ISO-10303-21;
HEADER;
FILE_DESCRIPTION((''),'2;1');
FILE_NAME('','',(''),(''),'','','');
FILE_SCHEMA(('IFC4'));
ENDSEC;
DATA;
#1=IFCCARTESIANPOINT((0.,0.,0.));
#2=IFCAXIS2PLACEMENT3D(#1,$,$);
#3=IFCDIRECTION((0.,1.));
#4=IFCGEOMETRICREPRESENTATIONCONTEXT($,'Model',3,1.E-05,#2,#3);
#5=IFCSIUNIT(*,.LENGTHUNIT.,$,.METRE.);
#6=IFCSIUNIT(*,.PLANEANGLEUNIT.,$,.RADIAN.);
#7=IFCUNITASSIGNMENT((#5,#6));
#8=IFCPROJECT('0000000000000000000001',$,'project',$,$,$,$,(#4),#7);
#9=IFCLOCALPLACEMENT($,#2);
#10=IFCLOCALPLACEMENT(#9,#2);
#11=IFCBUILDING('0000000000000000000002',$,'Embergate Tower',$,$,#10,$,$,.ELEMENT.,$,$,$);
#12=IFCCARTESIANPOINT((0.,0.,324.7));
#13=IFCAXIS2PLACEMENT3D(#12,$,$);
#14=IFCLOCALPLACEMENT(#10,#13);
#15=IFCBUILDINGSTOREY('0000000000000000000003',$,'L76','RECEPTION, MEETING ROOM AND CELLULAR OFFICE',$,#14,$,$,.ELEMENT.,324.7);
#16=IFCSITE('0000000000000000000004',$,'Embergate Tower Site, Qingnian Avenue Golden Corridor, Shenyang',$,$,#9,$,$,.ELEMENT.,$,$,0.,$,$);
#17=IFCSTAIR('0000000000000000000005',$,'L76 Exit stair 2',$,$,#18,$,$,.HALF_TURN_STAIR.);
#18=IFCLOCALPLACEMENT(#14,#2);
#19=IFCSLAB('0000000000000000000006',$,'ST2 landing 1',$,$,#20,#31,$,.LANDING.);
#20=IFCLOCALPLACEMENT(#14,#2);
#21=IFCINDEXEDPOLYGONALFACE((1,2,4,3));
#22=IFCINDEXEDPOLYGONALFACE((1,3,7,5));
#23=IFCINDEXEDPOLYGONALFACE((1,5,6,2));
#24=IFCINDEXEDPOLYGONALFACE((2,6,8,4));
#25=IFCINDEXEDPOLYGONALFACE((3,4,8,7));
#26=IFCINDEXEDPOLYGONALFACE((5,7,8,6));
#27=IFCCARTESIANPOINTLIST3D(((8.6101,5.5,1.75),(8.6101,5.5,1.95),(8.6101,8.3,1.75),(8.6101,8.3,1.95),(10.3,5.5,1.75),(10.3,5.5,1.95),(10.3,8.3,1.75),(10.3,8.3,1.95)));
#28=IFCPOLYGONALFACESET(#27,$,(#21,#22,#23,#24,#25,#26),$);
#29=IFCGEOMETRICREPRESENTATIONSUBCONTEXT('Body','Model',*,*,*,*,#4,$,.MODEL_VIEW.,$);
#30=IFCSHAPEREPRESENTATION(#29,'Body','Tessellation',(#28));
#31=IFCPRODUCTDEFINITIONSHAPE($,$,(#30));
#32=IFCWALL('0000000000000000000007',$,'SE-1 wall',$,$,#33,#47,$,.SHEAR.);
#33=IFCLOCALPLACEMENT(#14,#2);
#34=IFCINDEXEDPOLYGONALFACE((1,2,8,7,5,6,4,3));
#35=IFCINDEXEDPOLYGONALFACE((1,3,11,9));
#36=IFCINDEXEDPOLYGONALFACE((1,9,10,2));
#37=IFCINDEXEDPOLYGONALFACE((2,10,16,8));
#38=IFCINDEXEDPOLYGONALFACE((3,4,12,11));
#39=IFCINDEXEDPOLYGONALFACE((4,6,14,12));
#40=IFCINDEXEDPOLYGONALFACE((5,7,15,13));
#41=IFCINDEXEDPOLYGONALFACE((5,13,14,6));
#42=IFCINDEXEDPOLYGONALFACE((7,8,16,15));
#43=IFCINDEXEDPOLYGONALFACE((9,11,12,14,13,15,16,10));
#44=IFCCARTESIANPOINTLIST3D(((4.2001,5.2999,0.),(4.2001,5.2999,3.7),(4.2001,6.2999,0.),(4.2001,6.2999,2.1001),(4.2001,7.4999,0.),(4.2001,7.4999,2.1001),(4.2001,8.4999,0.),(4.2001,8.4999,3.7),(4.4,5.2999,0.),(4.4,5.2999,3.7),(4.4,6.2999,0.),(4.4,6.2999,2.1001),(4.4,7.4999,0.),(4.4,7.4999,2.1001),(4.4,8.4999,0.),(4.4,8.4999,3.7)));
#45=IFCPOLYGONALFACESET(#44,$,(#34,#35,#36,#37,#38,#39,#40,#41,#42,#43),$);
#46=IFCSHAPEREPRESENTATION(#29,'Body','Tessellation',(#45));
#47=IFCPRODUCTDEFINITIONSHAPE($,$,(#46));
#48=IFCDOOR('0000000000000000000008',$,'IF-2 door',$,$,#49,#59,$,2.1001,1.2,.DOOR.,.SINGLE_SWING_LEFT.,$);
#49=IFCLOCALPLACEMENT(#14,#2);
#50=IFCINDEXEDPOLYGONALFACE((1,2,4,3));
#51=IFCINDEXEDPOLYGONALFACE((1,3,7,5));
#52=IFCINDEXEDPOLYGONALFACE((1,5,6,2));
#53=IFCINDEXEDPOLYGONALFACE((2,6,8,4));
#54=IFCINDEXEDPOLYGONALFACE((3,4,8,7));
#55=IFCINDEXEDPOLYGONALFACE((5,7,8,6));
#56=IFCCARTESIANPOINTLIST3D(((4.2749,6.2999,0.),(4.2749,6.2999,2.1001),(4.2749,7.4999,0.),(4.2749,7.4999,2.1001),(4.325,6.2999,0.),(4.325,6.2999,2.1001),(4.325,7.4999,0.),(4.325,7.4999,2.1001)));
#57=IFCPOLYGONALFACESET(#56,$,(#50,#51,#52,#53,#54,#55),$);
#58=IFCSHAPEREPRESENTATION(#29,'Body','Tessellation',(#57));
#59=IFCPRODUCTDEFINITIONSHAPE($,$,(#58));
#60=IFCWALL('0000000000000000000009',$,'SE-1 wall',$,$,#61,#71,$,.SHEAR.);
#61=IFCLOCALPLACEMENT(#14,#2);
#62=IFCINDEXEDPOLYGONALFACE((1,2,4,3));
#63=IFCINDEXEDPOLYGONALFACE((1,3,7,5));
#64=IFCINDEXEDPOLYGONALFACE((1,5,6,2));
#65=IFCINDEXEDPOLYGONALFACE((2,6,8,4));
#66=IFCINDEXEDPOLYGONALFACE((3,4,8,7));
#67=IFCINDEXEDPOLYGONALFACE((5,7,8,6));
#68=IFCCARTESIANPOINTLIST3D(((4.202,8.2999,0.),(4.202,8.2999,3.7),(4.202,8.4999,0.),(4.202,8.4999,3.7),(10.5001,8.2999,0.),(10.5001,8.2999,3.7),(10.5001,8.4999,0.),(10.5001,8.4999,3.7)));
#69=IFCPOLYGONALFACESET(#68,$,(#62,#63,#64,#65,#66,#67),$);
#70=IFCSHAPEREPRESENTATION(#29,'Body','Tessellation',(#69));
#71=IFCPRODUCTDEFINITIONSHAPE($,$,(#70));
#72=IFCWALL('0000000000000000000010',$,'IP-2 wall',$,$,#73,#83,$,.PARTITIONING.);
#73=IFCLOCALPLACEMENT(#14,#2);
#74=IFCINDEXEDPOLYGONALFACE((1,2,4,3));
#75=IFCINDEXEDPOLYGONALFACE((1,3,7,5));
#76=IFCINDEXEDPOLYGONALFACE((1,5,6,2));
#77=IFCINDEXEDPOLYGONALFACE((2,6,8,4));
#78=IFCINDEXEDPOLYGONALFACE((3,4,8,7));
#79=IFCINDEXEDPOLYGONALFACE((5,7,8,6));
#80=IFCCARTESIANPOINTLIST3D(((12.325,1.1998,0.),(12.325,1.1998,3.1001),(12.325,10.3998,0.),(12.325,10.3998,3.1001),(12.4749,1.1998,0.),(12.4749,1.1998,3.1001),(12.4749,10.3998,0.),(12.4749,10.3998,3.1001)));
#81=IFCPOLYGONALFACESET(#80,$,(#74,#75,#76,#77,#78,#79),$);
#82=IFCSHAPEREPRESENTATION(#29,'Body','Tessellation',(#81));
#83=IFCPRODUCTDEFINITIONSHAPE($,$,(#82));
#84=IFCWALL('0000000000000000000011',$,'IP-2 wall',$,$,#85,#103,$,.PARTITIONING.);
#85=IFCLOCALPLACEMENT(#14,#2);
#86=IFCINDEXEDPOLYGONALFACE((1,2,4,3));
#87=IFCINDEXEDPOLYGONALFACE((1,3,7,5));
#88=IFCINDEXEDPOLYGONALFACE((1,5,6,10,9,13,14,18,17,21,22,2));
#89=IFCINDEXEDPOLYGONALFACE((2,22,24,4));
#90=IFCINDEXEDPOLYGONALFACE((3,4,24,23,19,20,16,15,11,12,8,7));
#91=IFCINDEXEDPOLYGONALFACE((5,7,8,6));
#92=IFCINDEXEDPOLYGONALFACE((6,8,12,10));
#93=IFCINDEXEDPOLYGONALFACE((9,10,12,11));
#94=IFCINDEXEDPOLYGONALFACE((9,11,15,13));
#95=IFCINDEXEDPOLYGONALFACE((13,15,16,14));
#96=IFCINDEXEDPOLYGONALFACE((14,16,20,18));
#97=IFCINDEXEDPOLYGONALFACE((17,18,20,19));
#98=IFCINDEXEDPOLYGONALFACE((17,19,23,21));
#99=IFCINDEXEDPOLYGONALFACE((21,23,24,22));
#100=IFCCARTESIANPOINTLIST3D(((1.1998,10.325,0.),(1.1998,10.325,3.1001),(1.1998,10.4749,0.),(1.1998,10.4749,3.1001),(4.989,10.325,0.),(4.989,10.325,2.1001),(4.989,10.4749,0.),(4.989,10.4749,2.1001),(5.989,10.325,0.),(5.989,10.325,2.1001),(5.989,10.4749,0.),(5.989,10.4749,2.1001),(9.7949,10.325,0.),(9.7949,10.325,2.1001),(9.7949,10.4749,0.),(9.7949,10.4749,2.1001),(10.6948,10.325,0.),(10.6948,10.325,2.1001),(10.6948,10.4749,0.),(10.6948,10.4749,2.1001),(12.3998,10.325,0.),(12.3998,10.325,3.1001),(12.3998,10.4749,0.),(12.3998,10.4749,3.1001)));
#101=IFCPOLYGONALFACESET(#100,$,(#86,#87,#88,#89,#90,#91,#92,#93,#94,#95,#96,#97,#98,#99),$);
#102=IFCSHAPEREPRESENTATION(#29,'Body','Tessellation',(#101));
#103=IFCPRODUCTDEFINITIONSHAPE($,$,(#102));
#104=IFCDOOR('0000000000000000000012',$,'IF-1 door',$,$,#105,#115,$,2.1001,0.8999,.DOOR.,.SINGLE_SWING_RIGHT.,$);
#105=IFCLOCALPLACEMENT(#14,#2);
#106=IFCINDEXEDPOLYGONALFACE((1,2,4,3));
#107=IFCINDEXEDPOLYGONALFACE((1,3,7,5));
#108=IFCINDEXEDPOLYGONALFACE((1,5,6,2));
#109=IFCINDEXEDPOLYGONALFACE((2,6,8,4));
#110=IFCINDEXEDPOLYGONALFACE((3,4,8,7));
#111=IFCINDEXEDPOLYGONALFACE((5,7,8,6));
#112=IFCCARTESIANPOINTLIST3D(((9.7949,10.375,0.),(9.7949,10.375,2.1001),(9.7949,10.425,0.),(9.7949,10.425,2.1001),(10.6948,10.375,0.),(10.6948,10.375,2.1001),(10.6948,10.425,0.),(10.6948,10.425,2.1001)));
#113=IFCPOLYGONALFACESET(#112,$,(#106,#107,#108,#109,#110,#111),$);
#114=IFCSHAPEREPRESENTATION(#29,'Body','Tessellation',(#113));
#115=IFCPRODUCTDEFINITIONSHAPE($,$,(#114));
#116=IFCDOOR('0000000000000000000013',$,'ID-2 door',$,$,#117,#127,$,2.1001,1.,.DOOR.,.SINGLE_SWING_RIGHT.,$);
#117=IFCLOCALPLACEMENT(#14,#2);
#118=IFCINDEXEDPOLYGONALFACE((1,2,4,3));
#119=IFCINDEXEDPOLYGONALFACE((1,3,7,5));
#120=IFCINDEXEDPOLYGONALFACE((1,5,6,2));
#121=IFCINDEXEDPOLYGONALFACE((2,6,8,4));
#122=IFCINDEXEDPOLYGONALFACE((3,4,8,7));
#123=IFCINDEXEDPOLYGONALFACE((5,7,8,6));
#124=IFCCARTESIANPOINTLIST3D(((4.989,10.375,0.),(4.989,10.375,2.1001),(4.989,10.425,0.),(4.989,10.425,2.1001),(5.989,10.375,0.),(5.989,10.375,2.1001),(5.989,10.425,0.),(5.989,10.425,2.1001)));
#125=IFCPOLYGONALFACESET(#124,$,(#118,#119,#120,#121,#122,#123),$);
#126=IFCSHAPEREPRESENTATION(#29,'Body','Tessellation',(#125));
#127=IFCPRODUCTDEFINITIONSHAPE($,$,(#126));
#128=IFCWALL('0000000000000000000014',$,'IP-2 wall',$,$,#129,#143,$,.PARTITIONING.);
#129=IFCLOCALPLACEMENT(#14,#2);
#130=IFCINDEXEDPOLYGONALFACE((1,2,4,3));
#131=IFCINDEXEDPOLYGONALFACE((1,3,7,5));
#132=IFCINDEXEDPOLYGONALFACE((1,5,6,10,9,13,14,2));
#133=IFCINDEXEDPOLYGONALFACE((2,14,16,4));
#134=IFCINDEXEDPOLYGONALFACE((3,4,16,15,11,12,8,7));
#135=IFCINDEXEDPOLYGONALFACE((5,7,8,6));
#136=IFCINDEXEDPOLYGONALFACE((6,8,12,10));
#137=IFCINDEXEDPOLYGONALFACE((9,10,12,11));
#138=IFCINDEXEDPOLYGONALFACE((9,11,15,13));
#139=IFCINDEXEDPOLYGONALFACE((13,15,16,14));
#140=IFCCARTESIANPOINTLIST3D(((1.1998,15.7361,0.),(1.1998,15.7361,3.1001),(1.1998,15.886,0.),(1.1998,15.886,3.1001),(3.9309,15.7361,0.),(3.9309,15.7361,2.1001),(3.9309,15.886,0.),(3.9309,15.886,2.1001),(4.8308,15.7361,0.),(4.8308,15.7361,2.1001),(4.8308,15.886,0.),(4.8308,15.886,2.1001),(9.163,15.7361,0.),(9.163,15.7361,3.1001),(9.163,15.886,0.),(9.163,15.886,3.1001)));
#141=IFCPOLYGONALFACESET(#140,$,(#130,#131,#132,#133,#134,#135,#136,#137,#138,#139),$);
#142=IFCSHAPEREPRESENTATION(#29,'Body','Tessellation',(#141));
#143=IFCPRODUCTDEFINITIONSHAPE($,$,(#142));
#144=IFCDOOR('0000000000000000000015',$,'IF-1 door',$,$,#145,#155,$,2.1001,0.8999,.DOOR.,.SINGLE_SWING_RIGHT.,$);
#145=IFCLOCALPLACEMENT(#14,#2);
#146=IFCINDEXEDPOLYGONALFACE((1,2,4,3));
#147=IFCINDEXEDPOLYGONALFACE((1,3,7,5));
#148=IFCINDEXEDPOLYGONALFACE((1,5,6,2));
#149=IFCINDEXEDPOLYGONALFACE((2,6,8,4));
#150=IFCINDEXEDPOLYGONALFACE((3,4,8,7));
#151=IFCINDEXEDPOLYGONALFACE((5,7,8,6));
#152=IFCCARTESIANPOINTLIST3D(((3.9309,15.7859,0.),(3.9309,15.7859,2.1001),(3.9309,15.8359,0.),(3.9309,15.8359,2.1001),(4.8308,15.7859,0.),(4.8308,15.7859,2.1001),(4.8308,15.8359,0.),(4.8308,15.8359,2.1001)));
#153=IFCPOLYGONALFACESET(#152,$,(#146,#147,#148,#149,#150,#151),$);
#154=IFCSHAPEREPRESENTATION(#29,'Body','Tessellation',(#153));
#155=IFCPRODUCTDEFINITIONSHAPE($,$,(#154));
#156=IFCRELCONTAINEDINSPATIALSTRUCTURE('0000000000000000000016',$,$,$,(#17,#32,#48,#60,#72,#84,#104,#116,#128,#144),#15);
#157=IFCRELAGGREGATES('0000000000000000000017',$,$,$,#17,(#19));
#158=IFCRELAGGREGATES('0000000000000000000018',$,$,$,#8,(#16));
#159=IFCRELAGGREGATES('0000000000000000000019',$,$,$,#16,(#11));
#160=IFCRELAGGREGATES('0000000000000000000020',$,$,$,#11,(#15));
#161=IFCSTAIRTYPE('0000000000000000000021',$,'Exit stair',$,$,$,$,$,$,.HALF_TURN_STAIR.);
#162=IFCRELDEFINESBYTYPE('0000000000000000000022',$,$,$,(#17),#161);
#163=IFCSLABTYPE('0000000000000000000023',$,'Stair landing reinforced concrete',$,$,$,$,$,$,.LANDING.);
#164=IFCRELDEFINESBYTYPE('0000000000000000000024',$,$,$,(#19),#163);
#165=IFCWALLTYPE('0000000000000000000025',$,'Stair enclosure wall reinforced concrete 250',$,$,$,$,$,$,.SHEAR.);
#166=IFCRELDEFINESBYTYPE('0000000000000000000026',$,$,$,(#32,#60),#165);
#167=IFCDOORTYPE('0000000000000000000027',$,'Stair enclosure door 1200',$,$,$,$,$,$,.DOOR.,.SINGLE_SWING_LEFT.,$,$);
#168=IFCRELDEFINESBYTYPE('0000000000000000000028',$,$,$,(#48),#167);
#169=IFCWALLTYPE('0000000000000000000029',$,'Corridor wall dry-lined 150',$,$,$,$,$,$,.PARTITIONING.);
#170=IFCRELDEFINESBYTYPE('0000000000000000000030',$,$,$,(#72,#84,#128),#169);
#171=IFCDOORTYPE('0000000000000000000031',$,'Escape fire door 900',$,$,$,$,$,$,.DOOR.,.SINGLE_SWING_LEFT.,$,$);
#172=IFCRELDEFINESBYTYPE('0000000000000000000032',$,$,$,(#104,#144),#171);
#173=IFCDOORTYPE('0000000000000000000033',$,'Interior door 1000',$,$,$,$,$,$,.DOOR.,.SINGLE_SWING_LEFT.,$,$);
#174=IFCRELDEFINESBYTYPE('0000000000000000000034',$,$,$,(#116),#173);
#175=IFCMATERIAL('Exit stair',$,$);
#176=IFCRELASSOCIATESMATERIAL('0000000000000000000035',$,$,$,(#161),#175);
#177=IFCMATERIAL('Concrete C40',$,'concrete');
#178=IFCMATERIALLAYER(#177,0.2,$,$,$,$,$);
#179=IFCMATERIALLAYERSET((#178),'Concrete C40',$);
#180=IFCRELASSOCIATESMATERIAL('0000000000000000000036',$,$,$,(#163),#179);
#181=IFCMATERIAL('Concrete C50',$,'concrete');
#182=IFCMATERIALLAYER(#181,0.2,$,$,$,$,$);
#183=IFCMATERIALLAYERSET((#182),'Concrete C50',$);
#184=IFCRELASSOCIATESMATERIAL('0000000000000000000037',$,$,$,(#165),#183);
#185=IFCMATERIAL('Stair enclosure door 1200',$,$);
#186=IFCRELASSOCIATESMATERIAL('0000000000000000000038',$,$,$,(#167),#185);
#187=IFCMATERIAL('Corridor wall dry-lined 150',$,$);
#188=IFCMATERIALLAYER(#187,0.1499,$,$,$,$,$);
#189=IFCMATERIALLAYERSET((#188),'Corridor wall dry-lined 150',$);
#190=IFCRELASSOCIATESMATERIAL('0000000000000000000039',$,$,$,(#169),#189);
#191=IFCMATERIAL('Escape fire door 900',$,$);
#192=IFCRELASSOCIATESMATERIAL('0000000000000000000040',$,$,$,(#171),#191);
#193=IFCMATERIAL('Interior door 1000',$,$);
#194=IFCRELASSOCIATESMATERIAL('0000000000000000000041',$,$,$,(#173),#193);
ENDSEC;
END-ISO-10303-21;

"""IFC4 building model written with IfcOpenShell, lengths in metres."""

from ifc_helpers import new_model, si_unit, direction, frame, frame_2d, origin, place, context, subcontext, project, spatial, polyline, rectangle, outline, extrude, source, transform, mapped, material, layer, layer_set, type_object, element, fill, aggregate, save


model = new_model("IFC4")

# Units and contexts
model_context = context("Model", 3, precision=1e-05, world=origin(), true_north=direction((0.0, 1.0)))
body_context = subcontext(model_context, "Body", "Model", "MODEL_VIEW")
ifc_project = project(units=[si_unit("LENGTHUNIT", "METRE"), si_unit("PLANEANGLEUNIT", "RADIAN")], contexts=[model_context])

# Site, building, storey
site_placement = place(None, origin())
site = spatial("IfcSite", under=ifc_project, at=site_placement, Name="Embergate Tower Site, Qingnian Avenue Golden Corridor, Shenyang", CompositionType="ELEMENT", RefElevation=0.0)
building_placement = place(site_placement, origin())
building = spatial("IfcBuilding", under=site, at=building_placement, Name="Embergate Tower", CompositionType="ELEMENT")
storey_placement = place(building_placement, frame((0.0, 0.0, 324.7)))
storey = spatial("IfcBuildingStorey", under=building, at=storey_placement, Name="L76", Description="RECEPTION, MEETING ROOM AND CELLULAR OFFICE", CompositionType="ELEMENT", Elevation=324.7)

# Stair, slab
ifc_material_1 = material(Name="Exit stair")
stair_type = type_object("IfcStairType", Name="Exit stair", PredefinedType="HALF_TURN_STAIR", material=ifc_material_1)
stair_placement = place(storey_placement, origin())
stair = element("IfcStair", 1, at=stair_placement, inside=storey, type_object=stair_type, Name="L76 Exit stair 2", PredefinedType="HALF_TURN_STAIR")
ifc_material_2 = material(Name="Concrete C40", Category="concrete")
ifc_layer_1 = layer(ifc_material_2, 0.2)
ifc_layer_set_1 = layer_set([ifc_layer_1], Name="Concrete C40")
slab_type = type_object("IfcSlabType", Name="Stair landing reinforced concrete", PredefinedType="LANDING", material=ifc_layer_set_1)
shared_shape_1 = source(origin(), body_context, "Body", "SweptSolid", [
    extrude(outline(polyline([(0.0, 0.0), (1.6899, 0.0), (1.6899, 2.8), (0.0, 2.8), (0.0, 0.0)])), origin(), (0.0, 0.0, 1.0), 0.2),
])
slab_placement = place(storey_placement, frame((8.6101, 5.5, 1.75)))
slab = element("IfcSlab", 2, at=slab_placement, type_object=slab_type, Name="ST2 landing 1", PredefinedType="LANDING", context=body_context, shape_type="MappedRepresentation", body=[
    mapped(shared_shape_1, transform((0.0, 0.0, 0.0))),
])

# Wall, opening, door
ifc_material_3 = material(Name="Concrete C50", Category="concrete")
ifc_layer_2 = layer(ifc_material_3, 0.2)
ifc_layer_set_2 = layer_set([ifc_layer_2], Name="Concrete C50")
wall_type_1 = type_object("IfcWallType", Name="Stair enclosure wall reinforced concrete 250", PredefinedType="SHEAR", material=ifc_layer_set_2)
shared_shape_2 = source(origin(), body_context, "Body", "SweptSolid", [
    extrude(rectangle(XDim=3.2, YDim=0.2, at=frame_2d((1.6001, 0.0))), origin(), (0.0, 0.0, 1.0), 3.7),
])
wall_1_placement = place(storey_placement, frame((4.3, 8.5, 0.0), z_axis=(0.0, 0.0, 1.0), x_axis=(0.0, -1.0, 0.0)))
wall_1 = element("IfcWall", 3, at=wall_1_placement, inside=storey, type_object=wall_type_1, Name="SE-1 wall", PredefinedType="SHEAR", context=body_context, shape_type="MappedRepresentation", body=[
    mapped(shared_shape_2, transform((0.0, 0.0, 0.0))),
])
shared_shape_3 = source(origin(), body_context, "Body", "SweptSolid", [
    extrude(rectangle(XDim=1.2, YDim=2.1001, at=frame_2d((0.6001, 1.05))), frame((0.0, 0.1099, 0.0), z_axis=(0.0, -1.0, 0.0), x_axis=(1.0, 0.0, 0.0)), (0.0, 0.0, 1.0), 0.22),
])
opening_1_placement = place(wall_1_placement, frame((1.0, 0.0, 0.0)))
opening_1 = element("IfcOpeningElement", 4, at=opening_1_placement, cuts=wall_1, PredefinedType="OPENING", context=body_context, shape_type="MappedRepresentation", body=[
    mapped(shared_shape_3, transform((0.0, 0.0, 0.0))),
])
ifc_material_4 = material(Name="Stair enclosure door 1200")
door_type_1 = type_object("IfcDoorType", Name="Stair enclosure door 1200", OperationType="SINGLE_SWING_LEFT", PredefinedType="DOOR", material=ifc_material_4)
shared_shape_4 = source(origin(), body_context, "Body", "SweptSolid", [
    extrude(rectangle(XDim=1.2, YDim=2.1001, at=frame_2d((0.6001, 1.05))), frame((0.0, 0.0249, 0.0), z_axis=(0.0, -1.0, 0.0), x_axis=(1.0, 0.0, 0.0)), (0.0, 0.0, 1.0), 0.05),
])
door_1_placement = place(opening_1_placement, origin())
door_1 = element("IfcDoor", 5, at=door_1_placement, inside=storey, type_object=door_type_1, Name="IF-2 door", OperationType="SINGLE_SWING_LEFT", OverallHeight=2.1001, OverallWidth=1.2, PredefinedType="DOOR", context=body_context, shape_type="MappedRepresentation", body=[
    mapped(shared_shape_4, transform((0.0, 0.0, 0.0))),
])
fill(opening_1, door_1)

# Walls
shared_shape_5 = source(origin(), body_context, "Body", "SweptSolid", [
    extrude(rectangle(XDim=6.2981, YDim=0.2, at=frame_2d((3.1489, 0.0))), origin(), (0.0, 0.0, 1.0), 3.7),
])
wall_2_placement = place(storey_placement, frame((10.5, 8.3999, 0.0), z_axis=(0.0, 0.0, 1.0), x_axis=(-1.0, 0.0, 0.0)))
element("IfcWall", 6, at=wall_2_placement, inside=storey, type_object=wall_type_1, Name="SE-1 wall", PredefinedType="SHEAR", context=body_context, shape_type="MappedRepresentation", body=[
    mapped(shared_shape_5, transform((0.0, 0.0, 0.0))),
])
ifc_material_5 = material(Name="Corridor wall dry-lined 150")
ifc_layer_3 = layer(ifc_material_5, 0.1499)
ifc_layer_set_3 = layer_set([ifc_layer_3], Name="Corridor wall dry-lined 150")
wall_type_2 = type_object("IfcWallType", Name="Corridor wall dry-lined 150", PredefinedType="PARTITIONING", material=ifc_layer_set_3)
shared_shape_6 = source(origin(), body_context, "Body", "SweptSolid", [
    extrude(rectangle(XDim=9.2, YDim=0.1499, at=frame_2d((4.6001, 0.0))), origin(), (0.0, 0.0, 1.0), 3.1001),
])
wall_3_placement = place(storey_placement, frame((12.3999, 10.3999, 0.0), z_axis=(0.0, 0.0, 1.0), x_axis=(0.0, -1.0, 0.0)))
element("IfcWall", 7, at=wall_3_placement, inside=storey, type_object=wall_type_2, Name="IP-2 wall", PredefinedType="PARTITIONING", context=body_context, shape_type="MappedRepresentation", body=[
    mapped(shared_shape_6, transform((0.0, 0.0, 0.0))),
])

# Wall, openings, doors
shared_shape_7 = source(origin(), body_context, "Body", "SweptSolid", [
    extrude(rectangle(XDim=11.2, YDim=0.1499, at=frame_2d((5.6001, 0.0))), origin(), (0.0, 0.0, 1.0), 3.1001),
])
wall_4_placement = place(storey_placement, frame((12.3999, 10.3999, 0.0), z_axis=(0.0, 0.0, 1.0), x_axis=(-1.0, 0.0, 0.0)))
wall_4 = element("IfcWall", 8, at=wall_4_placement, inside=storey, type_object=wall_type_2, Name="IP-2 wall", PredefinedType="PARTITIONING", context=body_context, shape_type="MappedRepresentation", body=[
    mapped(shared_shape_7, transform((0.0, 0.0, 0.0))),
])
shared_shape_8 = source(origin(), body_context, "Body", "SweptSolid", [
    extrude(rectangle(XDim=0.8999, YDim=2.1001, at=frame_2d((0.45, 1.05))), frame((0.0, 0.085, 0.0), z_axis=(0.0, -1.0, 0.0), x_axis=(1.0, 0.0, 0.0)), (0.0, 0.0, 1.0), 0.1699),
])
opening_2_placement = place(wall_4_placement, frame((1.7051, 0.0, 0.0)))
opening_2 = element("IfcOpeningElement", 9, at=opening_2_placement, cuts=wall_4, PredefinedType="OPENING", context=body_context, shape_type="MappedRepresentation", body=[
    mapped(shared_shape_8, transform((0.0, 0.0, 0.0))),
])
shared_shape_9 = source(origin(), body_context, "Body", "SweptSolid", [
    extrude(rectangle(XDim=1.0, YDim=2.1001, at=frame_2d((0.5, 1.05))), frame((0.0, 0.085, 0.0), z_axis=(0.0, -1.0, 0.0), x_axis=(1.0, 0.0, 0.0)), (0.0, 0.0, 1.0), 0.1699),
])
opening_3_placement = place(wall_4_placement, frame((6.4109, 0.0, 0.0)))
opening_3 = element("IfcOpeningElement", 10, at=opening_3_placement, cuts=wall_4, PredefinedType="OPENING", context=body_context, shape_type="MappedRepresentation", body=[
    mapped(shared_shape_9, transform((0.0, 0.0, 0.0))),
])
ifc_material_6 = material(Name="Escape fire door 900")
door_type_2 = type_object("IfcDoorType", Name="Escape fire door 900", OperationType="SINGLE_SWING_LEFT", PredefinedType="DOOR", material=ifc_material_6)
shared_shape_10 = source(origin(), body_context, "Body", "SweptSolid", [
    extrude(rectangle(XDim=0.8999, YDim=2.1001, at=frame_2d((0.45, 1.05))), frame((0.0, 0.0249, 0.0), z_axis=(0.0, -1.0, 0.0), x_axis=(1.0, 0.0, 0.0)), (0.0, 0.0, 1.0), 0.05),
])
door_2_placement = place(opening_2_placement, origin())
door_2 = element("IfcDoor", 11, at=door_2_placement, inside=storey, type_object=door_type_2, Name="IF-1 door", OperationType="SINGLE_SWING_RIGHT", OverallHeight=2.1001, OverallWidth=0.8999, PredefinedType="DOOR", context=body_context, shape_type="MappedRepresentation", body=[
    mapped(shared_shape_10, transform((0.0, 0.0, 0.0))),
])
fill(opening_2, door_2)
ifc_material_7 = material(Name="Interior door 1000")
door_type_3 = type_object("IfcDoorType", Name="Interior door 1000", OperationType="SINGLE_SWING_LEFT", PredefinedType="DOOR", material=ifc_material_7)
shared_shape_11 = source(origin(), body_context, "Body", "SweptSolid", [
    extrude(rectangle(XDim=1.0, YDim=2.1001, at=frame_2d((0.5, 1.05))), frame((0.0, 0.0249, 0.0), z_axis=(0.0, -1.0, 0.0), x_axis=(1.0, 0.0, 0.0)), (0.0, 0.0, 1.0), 0.05),
])
door_3_placement = place(opening_3_placement, origin())
door_3 = element("IfcDoor", 12, at=door_3_placement, inside=storey, type_object=door_type_3, Name="ID-2 door", OperationType="SINGLE_SWING_RIGHT", OverallHeight=2.1001, OverallWidth=1.0, PredefinedType="DOOR", context=body_context, shape_type="MappedRepresentation", body=[
    mapped(shared_shape_11, transform((0.0, 0.0, 0.0))),
])
fill(opening_3, door_3)

# Wall, opening, door
shared_shape_12 = source(origin(), body_context, "Body", "SweptSolid", [
    extrude(rectangle(XDim=7.9631, YDim=0.1499, at=frame_2d((3.9814, 0.0))), origin(), (0.0, 0.0, 1.0), 3.1001),
])
wall_5_placement = place(storey_placement, frame((1.2, 15.811, 0.0), z_axis=(0.0, 0.0, 1.0), x_axis=(1.0, 0.0, 0.0)))
wall_5 = element("IfcWall", 13, at=wall_5_placement, inside=storey, type_object=wall_type_2, Name="IP-2 wall", PredefinedType="PARTITIONING", context=body_context, shape_type="MappedRepresentation", body=[
    mapped(shared_shape_12, transform((0.0, 0.0, 0.0))),
])
opening_4_placement = place(wall_5_placement, frame((2.731, 0.0, 0.0)))
opening_4 = element("IfcOpeningElement", 14, at=opening_4_placement, cuts=wall_5, PredefinedType="OPENING", context=body_context, shape_type="MappedRepresentation", body=[
    mapped(shared_shape_8, transform((0.0, 0.0, 0.0))),
])
door_4_placement = place(opening_4_placement, origin())
door_4 = element("IfcDoor", 15, at=door_4_placement, inside=storey, type_object=door_type_2, Name="IF-1 door", OperationType="SINGLE_SWING_RIGHT", OverallHeight=2.1001, OverallWidth=0.8999, PredefinedType="DOOR", context=body_context, shape_type="MappedRepresentation", body=[
    mapped(shared_shape_10, transform((0.0, 0.0, 0.0))),
])
fill(opening_4, door_4)

aggregate(stair, [slab])

save(model, "model.ifc")
